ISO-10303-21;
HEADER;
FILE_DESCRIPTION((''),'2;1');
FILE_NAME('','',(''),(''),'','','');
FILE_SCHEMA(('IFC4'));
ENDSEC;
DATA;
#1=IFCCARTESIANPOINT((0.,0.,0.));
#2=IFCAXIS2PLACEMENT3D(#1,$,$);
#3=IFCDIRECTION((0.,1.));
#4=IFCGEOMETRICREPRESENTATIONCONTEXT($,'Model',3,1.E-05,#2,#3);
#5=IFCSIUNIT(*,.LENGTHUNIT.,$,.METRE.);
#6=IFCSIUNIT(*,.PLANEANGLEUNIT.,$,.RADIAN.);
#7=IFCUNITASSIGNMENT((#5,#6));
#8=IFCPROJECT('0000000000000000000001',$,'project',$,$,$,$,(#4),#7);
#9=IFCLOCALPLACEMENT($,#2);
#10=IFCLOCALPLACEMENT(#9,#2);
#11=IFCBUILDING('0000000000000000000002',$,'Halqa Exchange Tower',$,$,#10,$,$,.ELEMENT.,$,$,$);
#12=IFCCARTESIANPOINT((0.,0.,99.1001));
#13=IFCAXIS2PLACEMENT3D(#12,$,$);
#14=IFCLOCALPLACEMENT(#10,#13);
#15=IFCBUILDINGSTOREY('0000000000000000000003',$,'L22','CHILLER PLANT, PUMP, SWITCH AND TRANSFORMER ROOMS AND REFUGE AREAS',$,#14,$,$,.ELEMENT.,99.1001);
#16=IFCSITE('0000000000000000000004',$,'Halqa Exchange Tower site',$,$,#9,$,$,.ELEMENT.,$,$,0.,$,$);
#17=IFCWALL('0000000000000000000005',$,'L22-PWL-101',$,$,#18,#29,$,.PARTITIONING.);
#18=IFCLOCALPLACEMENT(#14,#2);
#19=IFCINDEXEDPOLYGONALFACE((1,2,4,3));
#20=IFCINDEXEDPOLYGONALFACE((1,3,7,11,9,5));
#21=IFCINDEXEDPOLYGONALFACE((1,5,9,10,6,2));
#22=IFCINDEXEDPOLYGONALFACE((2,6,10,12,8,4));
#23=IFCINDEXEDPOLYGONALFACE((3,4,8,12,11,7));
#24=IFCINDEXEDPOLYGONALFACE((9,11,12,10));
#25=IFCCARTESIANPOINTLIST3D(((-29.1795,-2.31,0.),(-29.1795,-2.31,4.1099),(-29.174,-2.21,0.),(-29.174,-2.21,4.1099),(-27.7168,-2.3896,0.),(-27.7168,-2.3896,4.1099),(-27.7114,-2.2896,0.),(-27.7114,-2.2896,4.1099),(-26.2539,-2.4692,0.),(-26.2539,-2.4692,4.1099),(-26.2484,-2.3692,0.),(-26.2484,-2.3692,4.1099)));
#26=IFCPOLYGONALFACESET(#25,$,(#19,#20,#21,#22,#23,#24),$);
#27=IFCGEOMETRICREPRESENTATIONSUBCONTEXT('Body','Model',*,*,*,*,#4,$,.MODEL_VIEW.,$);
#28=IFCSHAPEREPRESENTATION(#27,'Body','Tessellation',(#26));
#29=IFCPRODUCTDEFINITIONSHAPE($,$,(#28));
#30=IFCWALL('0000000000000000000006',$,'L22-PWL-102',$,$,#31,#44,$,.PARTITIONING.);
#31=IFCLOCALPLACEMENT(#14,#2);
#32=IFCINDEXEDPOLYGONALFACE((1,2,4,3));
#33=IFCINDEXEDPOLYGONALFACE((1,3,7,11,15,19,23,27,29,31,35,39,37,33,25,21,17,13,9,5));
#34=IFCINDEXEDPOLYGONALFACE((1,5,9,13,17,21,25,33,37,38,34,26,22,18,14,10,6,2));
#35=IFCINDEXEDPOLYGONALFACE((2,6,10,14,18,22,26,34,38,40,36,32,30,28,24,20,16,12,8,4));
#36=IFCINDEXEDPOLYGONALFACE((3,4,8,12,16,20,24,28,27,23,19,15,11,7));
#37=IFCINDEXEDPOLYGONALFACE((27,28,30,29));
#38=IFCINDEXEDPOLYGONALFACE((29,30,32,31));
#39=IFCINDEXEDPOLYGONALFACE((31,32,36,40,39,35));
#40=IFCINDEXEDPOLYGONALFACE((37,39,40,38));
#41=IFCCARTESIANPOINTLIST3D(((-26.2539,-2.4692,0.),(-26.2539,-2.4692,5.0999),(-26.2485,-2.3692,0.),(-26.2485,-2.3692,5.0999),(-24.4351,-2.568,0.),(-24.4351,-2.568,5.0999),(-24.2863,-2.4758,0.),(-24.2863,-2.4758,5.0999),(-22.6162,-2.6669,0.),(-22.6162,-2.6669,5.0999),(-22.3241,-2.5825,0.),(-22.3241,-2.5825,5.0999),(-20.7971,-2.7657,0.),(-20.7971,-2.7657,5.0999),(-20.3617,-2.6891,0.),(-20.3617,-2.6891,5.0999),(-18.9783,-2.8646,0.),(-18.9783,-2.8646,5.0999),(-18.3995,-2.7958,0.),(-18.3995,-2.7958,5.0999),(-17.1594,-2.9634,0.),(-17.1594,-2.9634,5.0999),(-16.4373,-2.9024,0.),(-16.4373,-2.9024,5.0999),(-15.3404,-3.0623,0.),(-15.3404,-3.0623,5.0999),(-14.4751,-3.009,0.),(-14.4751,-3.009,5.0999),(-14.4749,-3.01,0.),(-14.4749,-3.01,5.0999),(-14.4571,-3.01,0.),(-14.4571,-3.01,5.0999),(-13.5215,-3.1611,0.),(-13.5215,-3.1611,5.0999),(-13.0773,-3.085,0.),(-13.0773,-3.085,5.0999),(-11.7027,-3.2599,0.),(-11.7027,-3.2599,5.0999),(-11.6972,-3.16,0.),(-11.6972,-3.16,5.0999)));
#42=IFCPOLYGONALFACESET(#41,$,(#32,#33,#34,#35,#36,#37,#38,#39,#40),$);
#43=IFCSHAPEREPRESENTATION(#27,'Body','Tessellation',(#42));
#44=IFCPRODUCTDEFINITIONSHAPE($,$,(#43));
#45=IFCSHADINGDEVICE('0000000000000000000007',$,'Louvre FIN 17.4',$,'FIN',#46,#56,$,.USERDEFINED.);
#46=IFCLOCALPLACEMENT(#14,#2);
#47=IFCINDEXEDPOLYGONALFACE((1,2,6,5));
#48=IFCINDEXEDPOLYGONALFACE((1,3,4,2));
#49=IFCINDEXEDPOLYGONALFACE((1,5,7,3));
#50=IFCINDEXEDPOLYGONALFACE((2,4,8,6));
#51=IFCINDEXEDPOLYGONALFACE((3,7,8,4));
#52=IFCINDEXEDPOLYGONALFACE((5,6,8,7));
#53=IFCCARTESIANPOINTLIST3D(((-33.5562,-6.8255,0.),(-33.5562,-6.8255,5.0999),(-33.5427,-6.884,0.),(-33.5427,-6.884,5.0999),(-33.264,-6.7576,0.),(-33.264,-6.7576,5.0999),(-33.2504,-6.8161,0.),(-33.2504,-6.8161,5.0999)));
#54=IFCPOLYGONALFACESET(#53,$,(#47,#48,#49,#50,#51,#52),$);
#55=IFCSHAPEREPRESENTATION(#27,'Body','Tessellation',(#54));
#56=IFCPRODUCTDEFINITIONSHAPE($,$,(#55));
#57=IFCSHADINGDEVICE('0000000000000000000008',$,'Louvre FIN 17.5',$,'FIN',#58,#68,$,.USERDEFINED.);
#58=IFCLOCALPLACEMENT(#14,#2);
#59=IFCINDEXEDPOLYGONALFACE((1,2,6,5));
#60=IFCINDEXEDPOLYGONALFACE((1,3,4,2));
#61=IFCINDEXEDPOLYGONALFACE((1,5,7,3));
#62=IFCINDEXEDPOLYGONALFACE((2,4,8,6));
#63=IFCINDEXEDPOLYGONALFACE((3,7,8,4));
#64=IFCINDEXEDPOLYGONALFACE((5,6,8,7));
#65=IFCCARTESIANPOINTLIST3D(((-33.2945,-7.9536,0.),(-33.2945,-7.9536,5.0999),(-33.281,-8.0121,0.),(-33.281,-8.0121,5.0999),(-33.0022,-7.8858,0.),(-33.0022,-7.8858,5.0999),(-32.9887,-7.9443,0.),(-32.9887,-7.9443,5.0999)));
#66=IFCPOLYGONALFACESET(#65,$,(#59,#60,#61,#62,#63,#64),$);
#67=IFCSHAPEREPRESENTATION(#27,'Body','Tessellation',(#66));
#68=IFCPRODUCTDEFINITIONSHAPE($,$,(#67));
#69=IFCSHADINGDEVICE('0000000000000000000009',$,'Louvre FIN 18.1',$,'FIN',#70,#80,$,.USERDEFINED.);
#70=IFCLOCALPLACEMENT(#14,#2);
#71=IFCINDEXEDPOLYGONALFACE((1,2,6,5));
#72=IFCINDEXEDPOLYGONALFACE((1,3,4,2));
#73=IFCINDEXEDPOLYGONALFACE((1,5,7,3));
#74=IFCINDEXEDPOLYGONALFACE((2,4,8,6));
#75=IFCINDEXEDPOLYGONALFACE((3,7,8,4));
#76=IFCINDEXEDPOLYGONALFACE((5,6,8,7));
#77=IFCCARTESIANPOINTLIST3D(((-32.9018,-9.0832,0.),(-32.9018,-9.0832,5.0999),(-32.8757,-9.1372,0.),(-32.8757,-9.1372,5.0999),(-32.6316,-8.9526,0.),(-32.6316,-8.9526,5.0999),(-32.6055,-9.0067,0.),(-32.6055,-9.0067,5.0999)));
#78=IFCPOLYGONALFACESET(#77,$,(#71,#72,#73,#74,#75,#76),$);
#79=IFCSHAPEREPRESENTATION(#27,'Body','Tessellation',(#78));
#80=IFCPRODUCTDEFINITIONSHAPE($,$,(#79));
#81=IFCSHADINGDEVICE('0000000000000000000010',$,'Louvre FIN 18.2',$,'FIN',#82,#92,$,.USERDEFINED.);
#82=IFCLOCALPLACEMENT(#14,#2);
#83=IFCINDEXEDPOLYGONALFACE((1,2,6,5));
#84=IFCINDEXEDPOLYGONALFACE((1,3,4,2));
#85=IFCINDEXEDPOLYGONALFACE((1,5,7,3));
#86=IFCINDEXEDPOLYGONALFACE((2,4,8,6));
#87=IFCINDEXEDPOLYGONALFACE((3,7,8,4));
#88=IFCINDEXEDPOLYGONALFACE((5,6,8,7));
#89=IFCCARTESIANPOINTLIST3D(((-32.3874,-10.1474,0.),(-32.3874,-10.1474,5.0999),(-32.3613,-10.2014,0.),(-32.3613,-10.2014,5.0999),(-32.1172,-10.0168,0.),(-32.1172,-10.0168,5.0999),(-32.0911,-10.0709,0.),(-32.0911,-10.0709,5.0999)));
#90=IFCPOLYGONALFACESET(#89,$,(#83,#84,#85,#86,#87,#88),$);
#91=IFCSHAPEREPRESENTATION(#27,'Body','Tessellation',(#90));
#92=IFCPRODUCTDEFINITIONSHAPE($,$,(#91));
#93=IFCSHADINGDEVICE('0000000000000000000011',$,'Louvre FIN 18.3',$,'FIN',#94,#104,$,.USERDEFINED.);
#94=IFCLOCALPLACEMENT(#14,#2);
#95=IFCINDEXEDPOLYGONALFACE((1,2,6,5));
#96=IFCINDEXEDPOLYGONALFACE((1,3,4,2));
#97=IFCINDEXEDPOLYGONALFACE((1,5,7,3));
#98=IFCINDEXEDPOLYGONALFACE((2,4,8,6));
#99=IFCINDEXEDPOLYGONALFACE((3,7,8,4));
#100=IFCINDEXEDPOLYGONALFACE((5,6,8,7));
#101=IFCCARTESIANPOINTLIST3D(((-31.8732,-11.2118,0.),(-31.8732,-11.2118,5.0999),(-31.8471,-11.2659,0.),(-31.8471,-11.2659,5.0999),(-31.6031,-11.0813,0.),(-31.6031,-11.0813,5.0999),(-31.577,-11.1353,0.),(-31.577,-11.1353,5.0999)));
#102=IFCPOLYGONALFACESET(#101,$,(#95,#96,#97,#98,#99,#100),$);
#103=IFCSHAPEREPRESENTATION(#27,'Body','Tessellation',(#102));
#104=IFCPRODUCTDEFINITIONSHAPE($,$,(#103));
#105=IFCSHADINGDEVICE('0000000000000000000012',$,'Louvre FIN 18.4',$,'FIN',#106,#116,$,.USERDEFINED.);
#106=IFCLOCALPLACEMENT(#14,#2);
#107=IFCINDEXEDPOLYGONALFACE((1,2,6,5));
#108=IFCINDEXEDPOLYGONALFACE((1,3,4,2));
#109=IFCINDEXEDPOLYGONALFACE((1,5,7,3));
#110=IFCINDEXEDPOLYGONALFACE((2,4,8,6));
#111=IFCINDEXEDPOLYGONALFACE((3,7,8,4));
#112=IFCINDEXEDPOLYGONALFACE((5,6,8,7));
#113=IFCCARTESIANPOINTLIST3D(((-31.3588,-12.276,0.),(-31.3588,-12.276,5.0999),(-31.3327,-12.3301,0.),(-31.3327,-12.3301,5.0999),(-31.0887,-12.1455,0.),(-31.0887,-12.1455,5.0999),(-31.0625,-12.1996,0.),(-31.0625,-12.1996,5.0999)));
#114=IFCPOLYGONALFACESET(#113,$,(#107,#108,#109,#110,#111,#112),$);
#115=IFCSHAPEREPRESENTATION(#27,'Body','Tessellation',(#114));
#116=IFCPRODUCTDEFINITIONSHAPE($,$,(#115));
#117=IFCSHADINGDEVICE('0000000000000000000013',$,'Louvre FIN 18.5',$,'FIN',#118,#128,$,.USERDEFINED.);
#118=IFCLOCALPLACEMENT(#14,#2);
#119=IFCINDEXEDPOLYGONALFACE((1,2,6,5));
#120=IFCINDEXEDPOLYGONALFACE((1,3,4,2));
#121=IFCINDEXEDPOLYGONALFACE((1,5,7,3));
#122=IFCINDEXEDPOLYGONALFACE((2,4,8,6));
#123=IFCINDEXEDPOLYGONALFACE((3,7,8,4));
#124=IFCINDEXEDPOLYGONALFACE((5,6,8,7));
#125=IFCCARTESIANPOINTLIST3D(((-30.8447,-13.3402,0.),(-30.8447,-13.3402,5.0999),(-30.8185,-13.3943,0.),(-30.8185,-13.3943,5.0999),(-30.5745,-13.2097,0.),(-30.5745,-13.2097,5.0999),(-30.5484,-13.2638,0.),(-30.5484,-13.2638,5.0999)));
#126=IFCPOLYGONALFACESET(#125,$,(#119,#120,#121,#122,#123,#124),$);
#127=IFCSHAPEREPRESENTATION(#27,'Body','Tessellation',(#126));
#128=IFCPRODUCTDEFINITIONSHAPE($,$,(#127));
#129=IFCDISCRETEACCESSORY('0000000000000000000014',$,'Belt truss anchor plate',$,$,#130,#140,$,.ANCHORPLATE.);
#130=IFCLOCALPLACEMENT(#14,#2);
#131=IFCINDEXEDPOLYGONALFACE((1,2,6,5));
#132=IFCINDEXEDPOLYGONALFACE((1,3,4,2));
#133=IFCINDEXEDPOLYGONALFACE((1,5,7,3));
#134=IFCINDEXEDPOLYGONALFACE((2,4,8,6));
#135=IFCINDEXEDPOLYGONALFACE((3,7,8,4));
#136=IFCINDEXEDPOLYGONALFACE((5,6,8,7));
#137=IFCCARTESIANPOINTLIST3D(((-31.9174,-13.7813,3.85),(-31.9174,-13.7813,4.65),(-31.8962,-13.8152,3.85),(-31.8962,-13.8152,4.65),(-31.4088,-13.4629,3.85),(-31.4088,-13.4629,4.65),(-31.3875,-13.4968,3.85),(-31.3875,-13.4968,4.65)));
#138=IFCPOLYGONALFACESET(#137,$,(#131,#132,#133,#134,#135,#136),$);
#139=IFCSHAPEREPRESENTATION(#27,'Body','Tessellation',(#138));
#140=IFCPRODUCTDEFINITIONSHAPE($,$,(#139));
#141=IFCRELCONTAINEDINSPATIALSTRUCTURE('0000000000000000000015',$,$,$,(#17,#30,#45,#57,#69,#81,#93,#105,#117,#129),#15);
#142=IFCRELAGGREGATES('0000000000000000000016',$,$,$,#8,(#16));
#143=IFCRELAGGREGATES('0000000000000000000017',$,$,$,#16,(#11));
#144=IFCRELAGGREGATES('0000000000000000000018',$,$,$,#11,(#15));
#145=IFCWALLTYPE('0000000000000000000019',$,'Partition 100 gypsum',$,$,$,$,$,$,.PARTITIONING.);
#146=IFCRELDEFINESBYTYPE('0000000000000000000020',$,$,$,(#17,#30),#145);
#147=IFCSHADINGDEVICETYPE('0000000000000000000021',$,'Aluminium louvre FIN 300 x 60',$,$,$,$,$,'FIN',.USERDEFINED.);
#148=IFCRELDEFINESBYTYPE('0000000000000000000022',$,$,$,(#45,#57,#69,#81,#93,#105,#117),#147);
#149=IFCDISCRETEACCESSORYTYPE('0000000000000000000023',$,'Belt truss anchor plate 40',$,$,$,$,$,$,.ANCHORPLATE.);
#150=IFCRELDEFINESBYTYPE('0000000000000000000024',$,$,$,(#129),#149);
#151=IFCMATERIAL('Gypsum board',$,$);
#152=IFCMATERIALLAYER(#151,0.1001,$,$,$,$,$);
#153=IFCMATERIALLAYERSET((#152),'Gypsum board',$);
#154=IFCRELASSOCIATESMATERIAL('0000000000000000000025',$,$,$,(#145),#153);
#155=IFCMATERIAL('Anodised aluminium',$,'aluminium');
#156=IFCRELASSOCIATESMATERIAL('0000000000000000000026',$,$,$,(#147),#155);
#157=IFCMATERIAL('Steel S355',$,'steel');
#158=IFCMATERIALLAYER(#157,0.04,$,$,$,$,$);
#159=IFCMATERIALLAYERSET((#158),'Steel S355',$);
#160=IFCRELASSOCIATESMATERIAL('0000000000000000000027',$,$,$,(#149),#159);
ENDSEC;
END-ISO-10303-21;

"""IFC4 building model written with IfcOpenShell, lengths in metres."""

from ifc_helpers import new_model, si_unit, direction, frame, origin, origin_2d, place, context, subcontext, project, spatial, polyline, rectangle, outline, extrude, material, layer, layer_set, material_profile, profile_set, type_object, element, save


model = new_model("IFC4")

# Units and contexts
model_context = context("Model", 3, precision=1e-05, world=origin(), true_north=direction((0.0, 1.0)))
body_context = subcontext(model_context, "Body", "Model", "MODEL_VIEW")
ifc_project = project(units=[si_unit("LENGTHUNIT", "METRE"), si_unit("PLANEANGLEUNIT", "RADIAN")], contexts=[model_context])

# Site, building, storey
site_placement = place(None, origin())
site = spatial("IfcSite", under=ifc_project, at=site_placement, Name="Halqa Exchange Tower site", CompositionType="ELEMENT", RefElevation=0.0)
building_placement = place(site_placement, origin())
building = spatial("IfcBuilding", under=site, at=building_placement, Name="Halqa Exchange Tower", CompositionType="ELEMENT")
storey_placement = place(building_placement, frame((0.0, 0.0, 99.1001)))
storey = spatial("IfcBuildingStorey", under=building, at=storey_placement, Name="L22", Description="CHILLER PLANT, PUMP, SWITCH AND TRANSFORMER ROOMS AND REFUGE AREAS", CompositionType="ELEMENT", Elevation=99.1001)

# Shared definitions
ifc_material_1 = material(Name="Steel S355", Category="steel")

# Walls
ifc_material_2 = material(Name="Gypsum board")
ifc_layer_1 = layer(ifc_material_2, 0.1001)
ifc_layer_set_1 = layer_set([ifc_layer_1], Name="Gypsum board")
wall_type_1 = type_object("IfcWallType", Name="Partition 100 gypsum", PredefinedType="PARTITIONING", material=ifc_layer_set_1)
wall_1_placement = place(storey_placement, frame((-29.1768, -2.26, 0.0), z_axis=(0.0, 0.0, 1.0), x_axis=(0.998523, -0.05433, 0.0)))
element("IfcWall", 1, at=wall_1_placement, inside=storey, type_object=wall_type_1, Name="L22-PWL-101", PredefinedType="PARTITIONING", context=body_context, shape_type="SweptSolid", body=[
    extrude(outline(polyline([(0.0, 0.05), (0.0, -0.05), (1.4648, -0.05), (2.9299, -0.05), (2.9299, 0.05), (1.4648, 0.05), (0.0, 0.05)])), origin(), (0.0, 0.0, 1.0), 4.1099),
])
wall_2_placement = place(storey_placement, frame((-26.2512, -2.4192, 0.0), z_axis=(0.0, 0.0, 1.0), x_axis=(0.998527, -0.054264, 0.0)))
element("IfcWall", 2, at=wall_2_placement, inside=storey, type_object=wall_type_1, Name="L22-PWL-102", PredefinedType="PARTITIONING", context=body_context, shape_type="SweptSolid", body=[
    extrude(outline(polyline([(14.5728, 0.05), (13.1907, 0.05), (11.8088, 0.05), (11.791, 0.0491), (11.7908, 0.05), (9.8257, 0.05), (7.8606, 0.05), (5.8955, 0.05), (3.9302, 0.05), (1.9651, 0.05), (0.0, 0.05), (0.0, -0.05), (1.8215, -0.05), (3.6431, -0.05), (5.4648, -0.05), (7.2864, -0.05), (9.1079, -0.05), (10.9297, -0.05), (12.7512, -0.05), (14.5728, -0.05), (14.5728, 0.05)])), origin(), (0.0, 0.0, 1.0), 5.0999),
])

# Shading devices
ifc_material_3 = material(Name="Anodised aluminium", Category="aluminium")
ifc_material_profile_1 = material_profile(ifc_material_3, rectangle(XDim=0.3, YDim=0.0601, at=origin_2d()), Name="AL FIN 300x60")
ifc_profile_set_1 = profile_set([ifc_material_profile_1], Name="Anodised aluminium")
shading_device_type = type_object("IfcShadingDeviceType", Name="Aluminium louvre FIN 300 x 60", ElementType="FIN", PredefinedType="USERDEFINED", material=ifc_profile_set_1)
for number, where, z_axis, x_axis, name in (
    (3, (-33.4033, -6.8208, 0.0), (0.0, 0.0, 1.0), (0.974112, 0.226066, 0.0), "Louvre FIN 17.4"),
    (4, (-33.1416, -7.949, 0.0), (0.0, 0.0, 1.0), (0.974112, 0.226066, 0.0), "Louvre FIN 17.5"),
    (5, (-32.7537, -9.0449, 0.0), (0.0, 0.0, 1.0), (0.900384, 0.435096, 0.0), "Louvre FIN 18.1"),
    (6, (-32.2393, -10.1091, 0.0), (0.0, 0.0, 1.0), (0.900384, 0.435096, 0.0), "Louvre FIN 18.2"),
    (7, (-31.7251, -11.1736, 0.0), (0.0, 0.0, 1.0), (0.900384, 0.435096, 0.0), "Louvre FIN 18.3"),
    (8, (-31.2107, -12.2378, 0.0), (0.0, 0.0, 1.0), (0.900384, 0.435096, 0.0), "Louvre FIN 18.4"),
    (9, (-30.6965, -13.302, 0.0), (0.0, 0.0, 1.0), (0.900384, 0.435096, 0.0), "Louvre FIN 18.5"),
):
    element("IfcShadingDevice", number, at=place(storey_placement, frame(where, z_axis=z_axis, x_axis=x_axis)), inside=storey, type_object=shading_device_type, Name=name, ObjectType="FIN", PredefinedType="USERDEFINED", context=body_context, shape_type="SweptSolid", body=[
        extrude(rectangle(XDim=0.3, YDim=0.0601, at=origin_2d()), origin(), (0.0, 0.0, 1.0), 5.0999),
    ])

# Discrete accessory
ifc_layer_2 = layer(ifc_material_1, 0.04)
ifc_layer_set_2 = layer_set([ifc_layer_2], Name="Steel S355")
discrete_accessory_type = type_object("IfcDiscreteAccessoryType", Name="Belt truss anchor plate 40", PredefinedType="ANCHORPLATE", material=ifc_layer_set_2)
discrete_accessory_placement = place(storey_placement, frame((-31.6418, -13.656, 4.25), z_axis=(-0.530547, 0.847656, 0.0), x_axis=(-0.847656, -0.530547, 0.0)))
element("IfcDiscreteAccessory", 10, at=discrete_accessory_placement, inside=storey, type_object=discrete_accessory_type, Name="Belt truss anchor plate", PredefinedType="ANCHORPLATE", context=body_context, shape_type="SweptSolid", body=[
    extrude(rectangle(XDim=0.6001, YDim=0.8, at=origin_2d()), origin(), (0.0, 0.0, 1.0), 0.04),
])

save(model, "model.ifc")
